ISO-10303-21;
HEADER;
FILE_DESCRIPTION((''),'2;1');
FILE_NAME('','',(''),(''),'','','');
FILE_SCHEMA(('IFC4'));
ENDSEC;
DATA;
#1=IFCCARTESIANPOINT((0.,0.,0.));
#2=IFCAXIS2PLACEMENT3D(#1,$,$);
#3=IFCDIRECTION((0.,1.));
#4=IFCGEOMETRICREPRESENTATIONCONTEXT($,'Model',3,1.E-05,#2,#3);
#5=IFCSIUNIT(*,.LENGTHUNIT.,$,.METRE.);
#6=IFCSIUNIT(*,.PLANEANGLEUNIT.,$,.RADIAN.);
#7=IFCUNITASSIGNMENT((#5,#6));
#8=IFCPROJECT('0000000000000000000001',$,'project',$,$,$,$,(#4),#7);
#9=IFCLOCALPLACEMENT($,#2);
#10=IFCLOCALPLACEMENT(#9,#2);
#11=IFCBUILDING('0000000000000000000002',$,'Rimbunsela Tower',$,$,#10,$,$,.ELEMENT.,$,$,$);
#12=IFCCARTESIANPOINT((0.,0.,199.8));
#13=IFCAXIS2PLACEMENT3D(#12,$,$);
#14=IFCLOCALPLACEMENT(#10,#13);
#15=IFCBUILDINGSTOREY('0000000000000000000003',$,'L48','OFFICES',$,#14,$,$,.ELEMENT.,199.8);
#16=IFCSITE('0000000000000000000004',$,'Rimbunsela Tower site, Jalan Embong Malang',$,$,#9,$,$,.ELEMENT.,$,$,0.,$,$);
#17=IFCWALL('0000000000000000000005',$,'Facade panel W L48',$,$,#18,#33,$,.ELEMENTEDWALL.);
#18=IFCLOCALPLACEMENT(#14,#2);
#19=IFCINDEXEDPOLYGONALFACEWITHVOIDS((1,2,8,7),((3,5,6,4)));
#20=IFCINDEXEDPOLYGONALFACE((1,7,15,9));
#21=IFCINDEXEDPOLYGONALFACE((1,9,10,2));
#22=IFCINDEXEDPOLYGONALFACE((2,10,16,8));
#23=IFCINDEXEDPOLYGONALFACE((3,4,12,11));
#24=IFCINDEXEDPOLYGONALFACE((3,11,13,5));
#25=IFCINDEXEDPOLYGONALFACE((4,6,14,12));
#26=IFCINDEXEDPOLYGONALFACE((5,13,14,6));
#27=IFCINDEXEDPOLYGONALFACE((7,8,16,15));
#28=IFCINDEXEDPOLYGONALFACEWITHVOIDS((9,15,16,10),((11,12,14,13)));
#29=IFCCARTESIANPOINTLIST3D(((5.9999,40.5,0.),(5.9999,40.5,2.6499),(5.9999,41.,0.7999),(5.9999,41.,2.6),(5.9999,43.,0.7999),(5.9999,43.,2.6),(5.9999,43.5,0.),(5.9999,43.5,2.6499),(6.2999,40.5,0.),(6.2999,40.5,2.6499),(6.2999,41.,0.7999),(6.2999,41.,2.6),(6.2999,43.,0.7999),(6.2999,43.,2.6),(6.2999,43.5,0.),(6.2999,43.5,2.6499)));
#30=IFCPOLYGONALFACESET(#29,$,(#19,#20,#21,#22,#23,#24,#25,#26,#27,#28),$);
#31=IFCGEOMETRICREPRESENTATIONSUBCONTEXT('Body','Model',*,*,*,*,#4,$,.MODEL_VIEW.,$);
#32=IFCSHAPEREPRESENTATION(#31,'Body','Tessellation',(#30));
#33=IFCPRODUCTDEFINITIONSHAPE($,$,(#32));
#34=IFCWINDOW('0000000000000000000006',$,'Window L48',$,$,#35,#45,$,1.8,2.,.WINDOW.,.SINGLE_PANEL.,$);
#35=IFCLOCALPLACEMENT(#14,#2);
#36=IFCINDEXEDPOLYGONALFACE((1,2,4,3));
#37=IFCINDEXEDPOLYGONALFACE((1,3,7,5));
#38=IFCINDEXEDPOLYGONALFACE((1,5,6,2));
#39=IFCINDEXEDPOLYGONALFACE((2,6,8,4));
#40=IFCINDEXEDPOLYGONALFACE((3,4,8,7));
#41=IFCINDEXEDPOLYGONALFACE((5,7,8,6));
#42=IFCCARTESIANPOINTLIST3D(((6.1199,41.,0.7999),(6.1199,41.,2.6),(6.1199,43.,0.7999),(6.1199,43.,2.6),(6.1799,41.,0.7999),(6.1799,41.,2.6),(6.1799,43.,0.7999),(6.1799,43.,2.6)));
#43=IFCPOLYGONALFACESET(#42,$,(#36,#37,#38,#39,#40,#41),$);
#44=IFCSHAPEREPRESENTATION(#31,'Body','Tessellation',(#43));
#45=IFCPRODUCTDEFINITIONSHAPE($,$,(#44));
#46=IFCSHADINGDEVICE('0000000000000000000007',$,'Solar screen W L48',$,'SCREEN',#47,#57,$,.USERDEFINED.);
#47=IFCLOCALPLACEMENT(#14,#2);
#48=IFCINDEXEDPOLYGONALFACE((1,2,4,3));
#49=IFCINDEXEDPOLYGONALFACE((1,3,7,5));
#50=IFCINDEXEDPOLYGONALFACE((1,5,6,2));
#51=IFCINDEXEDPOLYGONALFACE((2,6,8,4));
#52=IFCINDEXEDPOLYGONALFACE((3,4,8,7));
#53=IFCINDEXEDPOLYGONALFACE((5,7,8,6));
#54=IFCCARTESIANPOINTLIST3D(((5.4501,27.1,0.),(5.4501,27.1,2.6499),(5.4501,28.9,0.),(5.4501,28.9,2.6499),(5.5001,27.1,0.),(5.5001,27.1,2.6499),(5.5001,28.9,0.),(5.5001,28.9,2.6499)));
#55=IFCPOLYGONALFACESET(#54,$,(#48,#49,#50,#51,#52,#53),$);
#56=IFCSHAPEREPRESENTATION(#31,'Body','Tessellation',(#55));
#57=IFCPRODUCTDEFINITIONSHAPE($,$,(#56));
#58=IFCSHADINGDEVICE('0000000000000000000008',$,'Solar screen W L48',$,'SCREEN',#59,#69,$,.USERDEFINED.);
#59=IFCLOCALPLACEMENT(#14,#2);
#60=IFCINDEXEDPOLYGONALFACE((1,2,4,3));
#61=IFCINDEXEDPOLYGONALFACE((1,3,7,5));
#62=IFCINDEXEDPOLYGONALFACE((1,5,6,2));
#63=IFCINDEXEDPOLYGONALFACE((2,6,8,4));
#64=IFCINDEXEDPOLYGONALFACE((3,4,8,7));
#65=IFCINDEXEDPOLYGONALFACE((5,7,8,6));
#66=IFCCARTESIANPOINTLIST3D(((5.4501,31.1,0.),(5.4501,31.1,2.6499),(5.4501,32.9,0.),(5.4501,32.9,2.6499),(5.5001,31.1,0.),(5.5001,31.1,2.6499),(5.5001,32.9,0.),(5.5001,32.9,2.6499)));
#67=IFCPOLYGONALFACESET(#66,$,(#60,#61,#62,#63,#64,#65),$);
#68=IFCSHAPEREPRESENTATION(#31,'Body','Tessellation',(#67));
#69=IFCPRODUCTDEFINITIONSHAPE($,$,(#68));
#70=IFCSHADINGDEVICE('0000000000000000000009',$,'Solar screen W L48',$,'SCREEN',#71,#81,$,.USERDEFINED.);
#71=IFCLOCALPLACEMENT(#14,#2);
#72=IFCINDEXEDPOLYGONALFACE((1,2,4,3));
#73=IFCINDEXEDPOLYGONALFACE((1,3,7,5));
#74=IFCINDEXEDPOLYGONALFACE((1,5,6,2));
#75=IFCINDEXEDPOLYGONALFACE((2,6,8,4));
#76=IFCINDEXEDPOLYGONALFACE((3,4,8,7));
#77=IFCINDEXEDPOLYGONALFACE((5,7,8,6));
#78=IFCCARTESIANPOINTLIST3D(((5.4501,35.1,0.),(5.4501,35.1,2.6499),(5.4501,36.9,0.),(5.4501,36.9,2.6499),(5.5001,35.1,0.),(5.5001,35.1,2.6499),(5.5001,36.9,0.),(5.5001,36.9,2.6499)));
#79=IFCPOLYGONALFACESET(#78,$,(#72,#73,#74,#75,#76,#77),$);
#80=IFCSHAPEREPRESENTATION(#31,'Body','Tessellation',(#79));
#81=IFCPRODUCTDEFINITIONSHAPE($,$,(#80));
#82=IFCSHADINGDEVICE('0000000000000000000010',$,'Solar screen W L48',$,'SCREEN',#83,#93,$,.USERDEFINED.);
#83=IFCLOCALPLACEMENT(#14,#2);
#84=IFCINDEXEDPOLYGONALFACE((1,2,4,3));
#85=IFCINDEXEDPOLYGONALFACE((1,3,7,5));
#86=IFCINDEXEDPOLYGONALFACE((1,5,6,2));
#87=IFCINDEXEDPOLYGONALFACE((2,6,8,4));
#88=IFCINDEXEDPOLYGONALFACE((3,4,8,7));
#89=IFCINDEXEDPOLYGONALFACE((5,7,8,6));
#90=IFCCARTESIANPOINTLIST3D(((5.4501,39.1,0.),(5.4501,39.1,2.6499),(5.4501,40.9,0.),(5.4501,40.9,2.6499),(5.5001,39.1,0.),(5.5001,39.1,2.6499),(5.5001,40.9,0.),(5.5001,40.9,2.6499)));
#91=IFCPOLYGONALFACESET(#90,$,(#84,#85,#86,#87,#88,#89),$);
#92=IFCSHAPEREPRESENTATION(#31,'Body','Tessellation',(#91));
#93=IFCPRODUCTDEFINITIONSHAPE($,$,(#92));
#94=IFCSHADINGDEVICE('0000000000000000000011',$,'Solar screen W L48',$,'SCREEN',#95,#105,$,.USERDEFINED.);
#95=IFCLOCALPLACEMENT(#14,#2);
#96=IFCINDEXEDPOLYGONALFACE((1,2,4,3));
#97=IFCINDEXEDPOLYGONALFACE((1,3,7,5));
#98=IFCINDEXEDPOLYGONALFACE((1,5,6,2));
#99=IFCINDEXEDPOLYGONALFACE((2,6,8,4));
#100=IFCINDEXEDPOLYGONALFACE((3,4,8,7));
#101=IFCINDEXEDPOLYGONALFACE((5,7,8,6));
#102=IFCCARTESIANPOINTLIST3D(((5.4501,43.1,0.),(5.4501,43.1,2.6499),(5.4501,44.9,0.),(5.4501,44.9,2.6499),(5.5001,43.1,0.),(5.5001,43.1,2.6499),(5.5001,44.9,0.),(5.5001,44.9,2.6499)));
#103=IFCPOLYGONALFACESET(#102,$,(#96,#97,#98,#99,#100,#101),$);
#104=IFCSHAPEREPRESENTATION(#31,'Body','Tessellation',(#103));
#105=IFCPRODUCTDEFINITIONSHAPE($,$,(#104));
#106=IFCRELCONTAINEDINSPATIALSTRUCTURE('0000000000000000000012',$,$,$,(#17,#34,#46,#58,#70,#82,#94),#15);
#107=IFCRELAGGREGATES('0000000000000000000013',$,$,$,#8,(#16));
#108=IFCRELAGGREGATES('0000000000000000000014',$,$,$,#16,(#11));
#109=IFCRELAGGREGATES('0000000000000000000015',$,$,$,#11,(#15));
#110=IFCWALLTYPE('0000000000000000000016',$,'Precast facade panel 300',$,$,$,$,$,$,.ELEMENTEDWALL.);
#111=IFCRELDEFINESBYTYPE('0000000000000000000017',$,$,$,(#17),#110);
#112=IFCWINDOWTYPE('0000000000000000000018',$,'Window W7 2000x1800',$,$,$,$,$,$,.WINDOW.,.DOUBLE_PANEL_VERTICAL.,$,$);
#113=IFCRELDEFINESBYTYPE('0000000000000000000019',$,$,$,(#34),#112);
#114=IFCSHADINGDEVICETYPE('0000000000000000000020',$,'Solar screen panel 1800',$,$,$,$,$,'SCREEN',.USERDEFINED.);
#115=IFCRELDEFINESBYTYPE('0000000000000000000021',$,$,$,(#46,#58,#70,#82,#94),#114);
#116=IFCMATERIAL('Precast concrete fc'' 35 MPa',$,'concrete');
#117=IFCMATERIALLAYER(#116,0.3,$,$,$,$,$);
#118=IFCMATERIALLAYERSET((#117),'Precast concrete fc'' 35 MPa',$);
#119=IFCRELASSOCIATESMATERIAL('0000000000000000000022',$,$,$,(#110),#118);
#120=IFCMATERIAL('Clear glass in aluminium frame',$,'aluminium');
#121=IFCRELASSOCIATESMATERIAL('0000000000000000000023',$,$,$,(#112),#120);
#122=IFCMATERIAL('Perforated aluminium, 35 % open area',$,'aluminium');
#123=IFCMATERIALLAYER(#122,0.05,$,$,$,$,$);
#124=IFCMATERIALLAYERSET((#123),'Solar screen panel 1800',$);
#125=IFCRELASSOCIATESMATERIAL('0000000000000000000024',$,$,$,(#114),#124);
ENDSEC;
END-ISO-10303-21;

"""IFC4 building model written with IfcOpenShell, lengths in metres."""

from ifc_helpers import new_model, si_unit, direction, frame, frame_2d, origin, origin_2d, place, context, subcontext, project, spatial, rectangle, extrude, material, layer, layer_set, type_object, element, fill, save


model = new_model("IFC4")

# Units and contexts
model_context = context("Model", 3, precision=1e-05, world=origin(), true_north=direction((0.0, 1.0)))
body_context = subcontext(model_context, "Body", "Model", "MODEL_VIEW")
ifc_project = project(units=[si_unit("LENGTHUNIT", "METRE"), si_unit("PLANEANGLEUNIT", "RADIAN")], contexts=[model_context])

# Site, building, storey
site_placement = place(None, origin())
site = spatial("IfcSite", under=ifc_project, at=site_placement, Name="Rimbunsela Tower site, Jalan Embong Malang", CompositionType="ELEMENT", RefElevation=0.0)
building_placement = place(site_placement, origin())
building = spatial("IfcBuilding", under=site, at=building_placement, Name="Rimbunsela Tower", CompositionType="ELEMENT")
storey_placement = place(building_placement, frame((0.0, 0.0, 199.8)))
storey = spatial("IfcBuildingStorey", under=building, at=storey_placement, Name="L48", Description="OFFICES", CompositionType="ELEMENT", Elevation=199.8)

# Wall, opening, window
ifc_material_1 = material(Name="Precast concrete fc' 35 MPa", Category="concrete")
ifc_layer_1 = layer(ifc_material_1, 0.3)
ifc_layer_set_1 = layer_set([ifc_layer_1], Name="Precast concrete fc' 35 MPa")
wall_type = type_object("IfcWallType", Name="Precast facade panel 300", PredefinedType="ELEMENTEDWALL", material=ifc_layer_set_1)
ifc_material_2 = material(Name="Clear glass in aluminium frame", Category="aluminium")
window_type = type_object("IfcWindowType", Name="Window W7 2000x1800", PartitioningType="DOUBLE_PANEL_VERTICAL", PredefinedType="WINDOW", material=ifc_material_2)
wall_1_placement = place(storey_placement, frame((6.1499, 43.5, 0.0), z_axis=(0.0, 0.0, 1.0), x_axis=(0.0, -1.0, 0.0)))
wall_1 = element("IfcWall", 1, at=wall_1_placement, inside=storey, type_object=wall_type, Name="Facade panel W L48", PredefinedType="ELEMENTEDWALL", context=body_context, shape_type="SweptSolid", body=[
    extrude(rectangle(XDim=3.0, YDim=0.3, at=frame_2d((1.5, 0.0))), origin(), (0.0, 0.0, 1.0), 2.6499),
])
opening_1_placement = place(wall_1_placement, frame((0.5, 0.0, 0.8)))
opening_1 = element("IfcOpeningElement", 2, at=opening_1_placement, cuts=wall_1, PredefinedType="OPENING", context=body_context, shape_type="SweptSolid", body=[
    extrude(rectangle(XDim=2.0, YDim=1.8, at=frame_2d((1.0, 0.8999))), frame((0.0, 0.1599, 0.0), z_axis=(0.0, -1.0, 0.0), x_axis=(1.0, 0.0, 0.0)), (0.0, 0.0, 1.0), 0.3201),
])
window_1_placement = place(opening_1_placement, origin())
window_1 = element("IfcWindow", 3, at=window_1_placement, inside=storey, type_object=window_type, Name="Window L48", OverallHeight=1.8, OverallWidth=2.0, PartitioningType="SINGLE_PANEL", PredefinedType="WINDOW", context=body_context, shape_type="SweptSolid", body=[
    extrude(rectangle(XDim=2.0, YDim=1.8, at=frame_2d((1.0, 0.8999))), frame((0.0, 0.03, 0.0), z_axis=(0.0, -1.0, 0.0), x_axis=(1.0, 0.0, 0.0)), (0.0, 0.0, 1.0), 0.0601),
])
fill(opening_1, window_1)

# Shading devices
ifc_material_3 = material(Name="Perforated aluminium, 35 % open area", Category="aluminium")
ifc_layer_2 = layer(ifc_material_3, 0.05)
ifc_layer_set_2 = layer_set([ifc_layer_2], Name="Solar screen panel 1800")
shading_device_type = type_object("IfcShadingDeviceType", Name="Solar screen panel 1800", ElementType="SCREEN", PredefinedType="USERDEFINED", material=ifc_layer_set_2)
for number, where, z_axis, x_axis, name in (
    (4, (5.4751, 28.0, 0.0), (0.0, 0.0, 1.0), (0.0, 1.0, 0.0), "Solar screen W L48"),
    (5, (5.4751, 32.0, 0.0), (0.0, 0.0, 1.0), (0.0, 1.0, 0.0), "Solar screen W L48"),
    (6, (5.4751, 36.0, 0.0), (0.0, 0.0, 1.0), (0.0, 1.0, 0.0), "Solar screen W L48"),
    (7, (5.4751, 40.0, 0.0), (0.0, 0.0, 1.0), (0.0, 1.0, 0.0), "Solar screen W L48"),
    (8, (5.4751, 44.0, 0.0), (0.0, 0.0, 1.0), (0.0, 1.0, 0.0), "Solar screen W L48"),
):
    element("IfcShadingDevice", number, at=place(storey_placement, frame(where, z_axis=z_axis, x_axis=x_axis)), inside=storey, type_object=shading_device_type, Name=name, ObjectType="SCREEN", PredefinedType="USERDEFINED", context=body_context, shape_type="SweptSolid", body=[
        extrude(rectangle(XDim=1.8, YDim=0.05, at=origin_2d()), origin(), (0.0, 0.0, 1.0), 2.6499),
    ])

save(model, "model.ifc")
